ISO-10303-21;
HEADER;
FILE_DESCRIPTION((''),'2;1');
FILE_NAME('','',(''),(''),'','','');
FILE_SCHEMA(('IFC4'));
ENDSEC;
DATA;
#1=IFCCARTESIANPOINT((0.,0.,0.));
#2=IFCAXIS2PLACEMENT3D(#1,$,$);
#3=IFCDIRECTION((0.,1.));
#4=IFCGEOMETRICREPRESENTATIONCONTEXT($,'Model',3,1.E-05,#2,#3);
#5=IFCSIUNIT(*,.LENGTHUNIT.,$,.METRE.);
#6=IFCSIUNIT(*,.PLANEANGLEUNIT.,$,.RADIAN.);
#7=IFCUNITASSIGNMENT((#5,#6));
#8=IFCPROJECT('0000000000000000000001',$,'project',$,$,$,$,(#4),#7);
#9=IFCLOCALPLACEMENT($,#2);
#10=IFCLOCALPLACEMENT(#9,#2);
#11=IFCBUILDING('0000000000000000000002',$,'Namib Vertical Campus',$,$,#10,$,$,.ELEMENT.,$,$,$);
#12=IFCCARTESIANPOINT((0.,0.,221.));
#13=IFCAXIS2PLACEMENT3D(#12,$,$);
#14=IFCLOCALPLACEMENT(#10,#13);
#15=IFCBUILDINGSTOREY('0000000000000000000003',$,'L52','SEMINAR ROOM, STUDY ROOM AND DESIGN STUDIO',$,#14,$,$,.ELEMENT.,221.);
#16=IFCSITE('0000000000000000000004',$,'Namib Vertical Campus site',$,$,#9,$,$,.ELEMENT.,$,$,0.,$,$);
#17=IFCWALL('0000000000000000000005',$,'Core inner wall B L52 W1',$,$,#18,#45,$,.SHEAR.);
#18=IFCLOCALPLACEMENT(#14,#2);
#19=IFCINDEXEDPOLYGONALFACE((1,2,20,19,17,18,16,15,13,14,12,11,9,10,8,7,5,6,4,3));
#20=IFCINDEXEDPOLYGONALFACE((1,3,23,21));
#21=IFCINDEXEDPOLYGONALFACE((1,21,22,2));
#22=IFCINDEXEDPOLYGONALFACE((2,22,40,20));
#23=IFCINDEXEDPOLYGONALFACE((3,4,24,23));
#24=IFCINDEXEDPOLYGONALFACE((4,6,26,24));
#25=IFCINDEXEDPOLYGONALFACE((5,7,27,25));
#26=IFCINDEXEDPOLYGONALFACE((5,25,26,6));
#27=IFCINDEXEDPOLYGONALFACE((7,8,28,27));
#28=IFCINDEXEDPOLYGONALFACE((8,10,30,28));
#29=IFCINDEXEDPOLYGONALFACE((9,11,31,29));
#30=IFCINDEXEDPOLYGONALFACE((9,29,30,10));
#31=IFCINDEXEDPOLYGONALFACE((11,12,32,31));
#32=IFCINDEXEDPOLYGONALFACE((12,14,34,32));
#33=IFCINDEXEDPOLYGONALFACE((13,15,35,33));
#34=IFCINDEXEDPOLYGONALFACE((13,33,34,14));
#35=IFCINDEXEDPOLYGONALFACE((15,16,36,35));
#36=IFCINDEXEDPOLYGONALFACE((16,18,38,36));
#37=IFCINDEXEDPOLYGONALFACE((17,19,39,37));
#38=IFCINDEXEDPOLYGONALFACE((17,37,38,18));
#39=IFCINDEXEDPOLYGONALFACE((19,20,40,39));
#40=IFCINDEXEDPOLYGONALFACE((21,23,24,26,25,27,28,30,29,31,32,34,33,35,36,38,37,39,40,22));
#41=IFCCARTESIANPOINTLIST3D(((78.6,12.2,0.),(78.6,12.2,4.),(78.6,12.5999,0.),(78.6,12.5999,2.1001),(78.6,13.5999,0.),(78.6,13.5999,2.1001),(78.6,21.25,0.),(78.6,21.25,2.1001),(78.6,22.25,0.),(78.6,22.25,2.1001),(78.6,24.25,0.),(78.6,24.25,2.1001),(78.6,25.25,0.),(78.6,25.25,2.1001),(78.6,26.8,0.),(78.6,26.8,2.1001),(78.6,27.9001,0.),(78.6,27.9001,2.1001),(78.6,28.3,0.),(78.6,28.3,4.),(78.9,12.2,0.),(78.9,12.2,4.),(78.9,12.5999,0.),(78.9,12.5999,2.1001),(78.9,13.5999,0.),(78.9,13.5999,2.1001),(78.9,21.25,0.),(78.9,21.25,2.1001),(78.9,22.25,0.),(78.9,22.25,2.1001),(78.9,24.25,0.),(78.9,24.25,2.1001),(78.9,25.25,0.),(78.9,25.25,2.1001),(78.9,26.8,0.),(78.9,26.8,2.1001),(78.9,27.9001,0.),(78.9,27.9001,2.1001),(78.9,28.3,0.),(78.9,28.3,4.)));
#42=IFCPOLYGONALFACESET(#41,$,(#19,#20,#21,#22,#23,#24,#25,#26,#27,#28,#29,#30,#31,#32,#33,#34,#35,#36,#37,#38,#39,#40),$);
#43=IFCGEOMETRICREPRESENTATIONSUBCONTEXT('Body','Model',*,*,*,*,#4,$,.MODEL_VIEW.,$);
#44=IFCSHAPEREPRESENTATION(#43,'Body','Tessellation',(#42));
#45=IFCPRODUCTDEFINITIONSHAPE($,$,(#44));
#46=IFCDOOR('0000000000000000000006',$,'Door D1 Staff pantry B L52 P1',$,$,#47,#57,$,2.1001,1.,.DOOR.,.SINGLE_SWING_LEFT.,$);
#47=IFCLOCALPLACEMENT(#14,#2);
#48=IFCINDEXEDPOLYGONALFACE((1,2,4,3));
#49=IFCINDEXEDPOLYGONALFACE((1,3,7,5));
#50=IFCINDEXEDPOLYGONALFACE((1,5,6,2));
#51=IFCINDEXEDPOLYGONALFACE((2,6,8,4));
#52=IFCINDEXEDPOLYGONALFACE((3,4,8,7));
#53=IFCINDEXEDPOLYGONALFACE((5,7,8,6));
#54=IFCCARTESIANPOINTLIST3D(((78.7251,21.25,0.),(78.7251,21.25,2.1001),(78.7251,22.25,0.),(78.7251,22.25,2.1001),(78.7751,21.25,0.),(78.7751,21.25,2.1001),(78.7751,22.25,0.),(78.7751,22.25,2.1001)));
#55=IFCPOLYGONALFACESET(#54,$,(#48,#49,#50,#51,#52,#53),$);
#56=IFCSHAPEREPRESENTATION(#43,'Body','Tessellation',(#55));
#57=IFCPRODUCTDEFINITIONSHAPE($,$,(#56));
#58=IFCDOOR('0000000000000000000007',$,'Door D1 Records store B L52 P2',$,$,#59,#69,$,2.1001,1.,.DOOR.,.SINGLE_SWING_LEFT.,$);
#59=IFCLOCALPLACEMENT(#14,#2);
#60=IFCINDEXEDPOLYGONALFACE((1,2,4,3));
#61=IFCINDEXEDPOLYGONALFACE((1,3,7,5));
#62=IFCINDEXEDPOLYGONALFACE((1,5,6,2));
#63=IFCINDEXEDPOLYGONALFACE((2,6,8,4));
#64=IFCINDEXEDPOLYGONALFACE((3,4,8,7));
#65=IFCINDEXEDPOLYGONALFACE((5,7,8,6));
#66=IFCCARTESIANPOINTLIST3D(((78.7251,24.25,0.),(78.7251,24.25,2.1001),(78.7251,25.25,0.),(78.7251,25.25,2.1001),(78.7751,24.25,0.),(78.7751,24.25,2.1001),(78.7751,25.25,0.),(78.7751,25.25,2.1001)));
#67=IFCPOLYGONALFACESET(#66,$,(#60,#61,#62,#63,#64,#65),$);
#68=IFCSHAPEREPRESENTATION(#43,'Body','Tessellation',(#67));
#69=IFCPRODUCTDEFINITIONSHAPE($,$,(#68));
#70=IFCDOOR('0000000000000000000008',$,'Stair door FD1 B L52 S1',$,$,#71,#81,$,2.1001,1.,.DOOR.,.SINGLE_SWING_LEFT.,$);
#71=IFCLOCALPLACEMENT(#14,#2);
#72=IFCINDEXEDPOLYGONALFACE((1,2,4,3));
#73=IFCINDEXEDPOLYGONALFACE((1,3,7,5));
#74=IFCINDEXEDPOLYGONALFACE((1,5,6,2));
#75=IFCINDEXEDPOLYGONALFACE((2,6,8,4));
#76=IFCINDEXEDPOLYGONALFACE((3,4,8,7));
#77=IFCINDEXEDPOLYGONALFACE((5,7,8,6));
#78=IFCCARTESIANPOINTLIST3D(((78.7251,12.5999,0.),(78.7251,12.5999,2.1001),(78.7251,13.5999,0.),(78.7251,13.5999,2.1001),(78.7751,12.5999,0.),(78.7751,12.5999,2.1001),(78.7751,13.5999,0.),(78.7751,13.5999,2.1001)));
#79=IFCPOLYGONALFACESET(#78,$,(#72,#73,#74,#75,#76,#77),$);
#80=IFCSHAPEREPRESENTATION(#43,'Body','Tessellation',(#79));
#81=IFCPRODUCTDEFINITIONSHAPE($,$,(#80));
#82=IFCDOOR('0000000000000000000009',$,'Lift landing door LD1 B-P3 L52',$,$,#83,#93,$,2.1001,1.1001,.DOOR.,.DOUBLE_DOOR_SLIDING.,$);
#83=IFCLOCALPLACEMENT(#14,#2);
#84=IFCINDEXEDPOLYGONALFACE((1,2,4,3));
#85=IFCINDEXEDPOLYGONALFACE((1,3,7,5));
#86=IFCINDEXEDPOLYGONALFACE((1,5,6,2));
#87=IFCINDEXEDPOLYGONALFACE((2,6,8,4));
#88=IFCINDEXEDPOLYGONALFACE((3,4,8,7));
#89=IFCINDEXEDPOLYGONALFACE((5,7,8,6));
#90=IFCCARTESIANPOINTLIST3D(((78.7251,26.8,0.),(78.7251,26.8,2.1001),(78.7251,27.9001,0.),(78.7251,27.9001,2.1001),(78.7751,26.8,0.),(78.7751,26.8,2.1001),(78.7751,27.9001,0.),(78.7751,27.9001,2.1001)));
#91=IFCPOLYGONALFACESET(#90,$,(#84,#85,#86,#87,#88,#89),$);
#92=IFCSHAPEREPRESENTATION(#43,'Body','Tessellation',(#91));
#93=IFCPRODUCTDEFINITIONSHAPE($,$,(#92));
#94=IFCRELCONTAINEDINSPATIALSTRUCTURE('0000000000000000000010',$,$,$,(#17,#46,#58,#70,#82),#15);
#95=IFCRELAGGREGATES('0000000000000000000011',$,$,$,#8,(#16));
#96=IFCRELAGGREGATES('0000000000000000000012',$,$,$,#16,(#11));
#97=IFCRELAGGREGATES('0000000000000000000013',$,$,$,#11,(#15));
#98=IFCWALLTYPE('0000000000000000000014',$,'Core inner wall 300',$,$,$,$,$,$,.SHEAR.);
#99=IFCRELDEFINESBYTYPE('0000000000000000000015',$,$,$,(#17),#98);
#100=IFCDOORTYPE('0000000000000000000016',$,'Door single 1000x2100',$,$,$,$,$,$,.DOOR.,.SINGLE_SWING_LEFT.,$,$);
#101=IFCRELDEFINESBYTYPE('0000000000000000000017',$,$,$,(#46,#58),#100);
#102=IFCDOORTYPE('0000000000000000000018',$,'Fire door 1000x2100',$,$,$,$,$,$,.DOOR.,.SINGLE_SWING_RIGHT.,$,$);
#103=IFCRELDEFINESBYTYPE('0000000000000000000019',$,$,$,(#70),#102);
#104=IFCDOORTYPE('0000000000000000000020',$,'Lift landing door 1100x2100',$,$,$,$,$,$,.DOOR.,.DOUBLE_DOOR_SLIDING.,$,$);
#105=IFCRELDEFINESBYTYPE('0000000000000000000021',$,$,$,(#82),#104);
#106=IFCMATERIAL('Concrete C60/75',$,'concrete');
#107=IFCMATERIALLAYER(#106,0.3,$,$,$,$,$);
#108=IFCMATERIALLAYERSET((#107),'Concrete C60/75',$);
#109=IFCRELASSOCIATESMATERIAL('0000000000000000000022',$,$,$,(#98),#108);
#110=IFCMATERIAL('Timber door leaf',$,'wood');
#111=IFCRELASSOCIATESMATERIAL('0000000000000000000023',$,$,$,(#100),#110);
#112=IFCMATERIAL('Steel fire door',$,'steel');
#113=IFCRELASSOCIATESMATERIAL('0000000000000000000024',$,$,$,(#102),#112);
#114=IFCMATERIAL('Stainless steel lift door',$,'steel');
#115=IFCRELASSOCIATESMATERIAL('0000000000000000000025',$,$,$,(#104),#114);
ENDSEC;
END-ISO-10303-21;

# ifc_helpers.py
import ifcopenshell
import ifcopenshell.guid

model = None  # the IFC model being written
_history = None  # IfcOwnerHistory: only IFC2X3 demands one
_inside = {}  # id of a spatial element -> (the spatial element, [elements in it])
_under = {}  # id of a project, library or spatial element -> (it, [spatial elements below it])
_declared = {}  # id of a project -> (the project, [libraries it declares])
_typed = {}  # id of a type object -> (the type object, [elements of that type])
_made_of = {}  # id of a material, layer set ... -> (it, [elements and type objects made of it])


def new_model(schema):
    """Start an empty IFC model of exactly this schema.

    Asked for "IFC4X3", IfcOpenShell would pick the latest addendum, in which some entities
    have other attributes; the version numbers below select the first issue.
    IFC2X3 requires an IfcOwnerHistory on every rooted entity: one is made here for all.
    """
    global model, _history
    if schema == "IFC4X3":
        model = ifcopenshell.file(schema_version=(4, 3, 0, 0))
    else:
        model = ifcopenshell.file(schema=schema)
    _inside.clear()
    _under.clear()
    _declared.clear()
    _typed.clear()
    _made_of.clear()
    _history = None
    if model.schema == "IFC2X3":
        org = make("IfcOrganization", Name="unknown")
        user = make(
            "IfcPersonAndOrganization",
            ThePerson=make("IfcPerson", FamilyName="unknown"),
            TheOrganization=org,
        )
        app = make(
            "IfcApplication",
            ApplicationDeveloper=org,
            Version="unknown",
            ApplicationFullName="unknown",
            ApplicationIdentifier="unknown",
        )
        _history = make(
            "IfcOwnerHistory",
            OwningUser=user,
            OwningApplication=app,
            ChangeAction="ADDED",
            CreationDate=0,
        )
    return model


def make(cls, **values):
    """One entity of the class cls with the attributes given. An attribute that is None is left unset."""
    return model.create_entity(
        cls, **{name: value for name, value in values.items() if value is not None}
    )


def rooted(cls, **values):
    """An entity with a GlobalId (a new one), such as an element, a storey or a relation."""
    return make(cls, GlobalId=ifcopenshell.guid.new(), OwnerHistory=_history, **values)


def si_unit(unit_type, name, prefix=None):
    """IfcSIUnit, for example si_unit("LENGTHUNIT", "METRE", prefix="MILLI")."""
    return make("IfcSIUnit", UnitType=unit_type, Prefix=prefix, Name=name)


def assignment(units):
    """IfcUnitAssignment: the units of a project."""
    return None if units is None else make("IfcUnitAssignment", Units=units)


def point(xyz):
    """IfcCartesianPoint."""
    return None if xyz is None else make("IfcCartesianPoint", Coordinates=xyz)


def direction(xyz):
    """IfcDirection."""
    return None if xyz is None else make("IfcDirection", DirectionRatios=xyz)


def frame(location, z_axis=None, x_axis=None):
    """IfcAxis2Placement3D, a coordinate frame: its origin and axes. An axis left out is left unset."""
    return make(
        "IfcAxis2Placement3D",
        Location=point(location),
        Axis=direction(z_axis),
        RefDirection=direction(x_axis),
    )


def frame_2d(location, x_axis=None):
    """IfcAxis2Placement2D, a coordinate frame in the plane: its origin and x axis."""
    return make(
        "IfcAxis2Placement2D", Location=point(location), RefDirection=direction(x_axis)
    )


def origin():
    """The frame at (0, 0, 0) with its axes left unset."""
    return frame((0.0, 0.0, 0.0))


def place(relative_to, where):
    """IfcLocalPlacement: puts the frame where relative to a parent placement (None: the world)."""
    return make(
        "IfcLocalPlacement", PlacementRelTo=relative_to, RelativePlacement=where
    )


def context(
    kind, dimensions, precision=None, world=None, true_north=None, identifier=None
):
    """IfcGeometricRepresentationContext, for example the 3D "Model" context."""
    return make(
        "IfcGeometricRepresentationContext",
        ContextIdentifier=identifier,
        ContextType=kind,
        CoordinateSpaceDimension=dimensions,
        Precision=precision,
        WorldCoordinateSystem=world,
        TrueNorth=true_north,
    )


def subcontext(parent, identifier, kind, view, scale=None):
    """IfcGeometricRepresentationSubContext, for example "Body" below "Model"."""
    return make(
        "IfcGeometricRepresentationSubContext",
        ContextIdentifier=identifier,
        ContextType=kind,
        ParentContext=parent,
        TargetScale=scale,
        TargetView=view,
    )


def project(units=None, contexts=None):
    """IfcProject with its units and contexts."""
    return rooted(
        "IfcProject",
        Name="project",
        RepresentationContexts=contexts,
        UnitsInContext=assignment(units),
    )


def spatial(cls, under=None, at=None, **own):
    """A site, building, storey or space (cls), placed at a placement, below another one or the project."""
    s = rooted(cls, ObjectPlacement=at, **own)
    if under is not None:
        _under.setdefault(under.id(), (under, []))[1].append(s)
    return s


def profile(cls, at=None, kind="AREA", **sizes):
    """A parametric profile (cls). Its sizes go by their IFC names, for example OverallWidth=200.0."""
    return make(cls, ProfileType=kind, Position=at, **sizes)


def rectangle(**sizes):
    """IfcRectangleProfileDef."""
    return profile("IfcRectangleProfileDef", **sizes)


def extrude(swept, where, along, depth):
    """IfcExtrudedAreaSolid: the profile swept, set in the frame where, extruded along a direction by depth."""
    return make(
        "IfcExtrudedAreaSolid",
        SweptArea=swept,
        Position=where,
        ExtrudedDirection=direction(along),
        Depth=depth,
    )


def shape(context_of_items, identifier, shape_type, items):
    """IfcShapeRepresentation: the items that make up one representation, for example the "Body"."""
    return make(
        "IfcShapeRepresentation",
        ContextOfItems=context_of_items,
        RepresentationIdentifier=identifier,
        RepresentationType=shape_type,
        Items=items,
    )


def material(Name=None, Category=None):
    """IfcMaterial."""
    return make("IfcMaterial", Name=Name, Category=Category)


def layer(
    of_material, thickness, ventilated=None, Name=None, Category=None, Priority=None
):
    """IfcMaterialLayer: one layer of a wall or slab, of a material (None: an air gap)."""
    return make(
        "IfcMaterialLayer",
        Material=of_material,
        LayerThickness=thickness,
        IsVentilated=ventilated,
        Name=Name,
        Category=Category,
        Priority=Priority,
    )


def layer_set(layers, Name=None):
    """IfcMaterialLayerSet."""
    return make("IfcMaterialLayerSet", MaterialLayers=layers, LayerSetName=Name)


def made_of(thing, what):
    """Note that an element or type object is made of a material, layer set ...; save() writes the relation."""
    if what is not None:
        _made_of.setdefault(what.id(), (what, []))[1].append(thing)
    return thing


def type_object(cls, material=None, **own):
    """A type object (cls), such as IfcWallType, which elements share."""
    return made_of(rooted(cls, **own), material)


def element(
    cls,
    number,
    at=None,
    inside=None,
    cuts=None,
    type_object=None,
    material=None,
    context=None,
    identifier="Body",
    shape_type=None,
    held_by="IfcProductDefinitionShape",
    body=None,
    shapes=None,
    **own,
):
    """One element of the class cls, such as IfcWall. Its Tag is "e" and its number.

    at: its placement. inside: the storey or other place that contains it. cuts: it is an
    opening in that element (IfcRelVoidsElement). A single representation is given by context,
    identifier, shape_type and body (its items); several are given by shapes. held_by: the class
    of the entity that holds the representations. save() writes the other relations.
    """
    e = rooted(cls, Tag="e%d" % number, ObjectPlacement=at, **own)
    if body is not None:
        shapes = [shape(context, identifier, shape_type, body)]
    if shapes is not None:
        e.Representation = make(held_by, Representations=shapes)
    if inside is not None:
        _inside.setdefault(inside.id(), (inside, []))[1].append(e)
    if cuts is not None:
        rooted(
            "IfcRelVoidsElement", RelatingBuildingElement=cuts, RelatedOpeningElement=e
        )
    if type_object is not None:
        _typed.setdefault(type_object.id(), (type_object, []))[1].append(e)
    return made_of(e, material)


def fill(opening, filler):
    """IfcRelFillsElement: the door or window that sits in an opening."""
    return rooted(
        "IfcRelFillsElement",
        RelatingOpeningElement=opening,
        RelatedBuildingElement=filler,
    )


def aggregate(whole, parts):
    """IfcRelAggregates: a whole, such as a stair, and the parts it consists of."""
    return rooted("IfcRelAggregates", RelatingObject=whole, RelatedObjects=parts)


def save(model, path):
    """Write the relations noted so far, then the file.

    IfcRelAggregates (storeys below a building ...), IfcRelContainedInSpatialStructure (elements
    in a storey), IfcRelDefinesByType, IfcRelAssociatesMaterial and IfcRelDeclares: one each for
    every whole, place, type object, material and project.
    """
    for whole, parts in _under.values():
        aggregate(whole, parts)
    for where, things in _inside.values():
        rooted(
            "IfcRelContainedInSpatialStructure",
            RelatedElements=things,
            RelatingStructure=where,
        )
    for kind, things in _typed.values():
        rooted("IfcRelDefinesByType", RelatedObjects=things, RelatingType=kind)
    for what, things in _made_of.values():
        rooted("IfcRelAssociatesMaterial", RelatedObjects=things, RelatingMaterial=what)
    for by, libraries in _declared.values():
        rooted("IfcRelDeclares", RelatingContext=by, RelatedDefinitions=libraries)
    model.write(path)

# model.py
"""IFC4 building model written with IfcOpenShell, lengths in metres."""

from ifc_helpers import new_model, si_unit, direction, frame, frame_2d, origin, place, context, subcontext, project, spatial, rectangle, extrude, material, layer, layer_set, type_object, element, fill, save


model = new_model("IFC4")

# Units and contexts
model_context = context("Model", 3, precision=1e-05, world=origin(), true_north=direction((0.0, 1.0)))
body_context = subcontext(model_context, "Body", "Model", "MODEL_VIEW")
ifc_project = project(units=[si_unit("LENGTHUNIT", "METRE"), si_unit("PLANEANGLEUNIT", "RADIAN")], contexts=[model_context])

# Site, building, storey
site_placement = place(None, origin())
site = spatial("IfcSite", under=ifc_project, at=site_placement, Name="Namib Vertical Campus site", CompositionType="ELEMENT", RefElevation=0.0)
building_placement = place(site_placement, origin())
building = spatial("IfcBuilding", under=site, at=building_placement, Name="Namib Vertical Campus", CompositionType="ELEMENT")
storey_placement = place(building_placement, frame((0.0, 0.0, 221.0)))
storey = spatial("IfcBuildingStorey", under=building, at=storey_placement, Name="L52", Description="SEMINAR ROOM, STUDY ROOM AND DESIGN STUDIO", CompositionType="ELEMENT", Elevation=221.0)

# Wall, openings, doors
ifc_material_1 = material(Name="Concrete C60/75", Category="concrete")
ifc_layer_1 = layer(ifc_material_1, 0.3)
ifc_layer_set_1 = layer_set([ifc_layer_1], Name="Concrete C60/75")
wall_type_1 = type_object("IfcWallType", Name="Core inner wall 300", PredefinedType="SHEAR", material=ifc_layer_set_1)
wall_1_placement = place(storey_placement, frame((78.75, 12.2, 0.0), z_axis=(0.0, 0.0, 1.0), x_axis=(0.0, 1.0, 0.0)))
wall_1 = element("IfcWall", 1, at=wall_1_placement, inside=storey, type_object=wall_type_1, Name="Core inner wall B L52 W1", PredefinedType="SHEAR", context=body_context, shape_type="SweptSolid", body=[
    extrude(rectangle(XDim=16.1001, YDim=0.3, at=frame_2d((8.05, 0.0))), origin(), (0.0, 0.0, 1.0), 4.0),
])
opening_1_placement = place(wall_1_placement, frame((0.3999, 0.0, 0.0)))
opening_1 = element("IfcOpeningElement", 2, at=opening_1_placement, cuts=wall_1, PredefinedType="OPENING", context=body_context, shape_type="SweptSolid", body=[
    extrude(rectangle(XDim=1.0, YDim=2.1001, at=frame_2d((0.5, 1.05))), frame((0.0, 0.1599, 0.0), z_axis=(0.0, -1.0, 0.0), x_axis=(1.0, 0.0, 0.0)), (0.0, 0.0, 1.0), 0.3201),
])
opening_2_placement = place(wall_1_placement, frame((14.6001, 0.0, 0.0)))
opening_2 = element("IfcOpeningElement", 3, at=opening_2_placement, cuts=wall_1, PredefinedType="OPENING", context=body_context, shape_type="SweptSolid", body=[
    extrude(rectangle(XDim=1.1001, YDim=2.1001, at=frame_2d((0.55, 1.05))), frame((0.0, 0.1599, 0.0), z_axis=(0.0, -1.0, 0.0), x_axis=(1.0, 0.0, 0.0)), (0.0, 0.0, 1.0), 0.3201),
])
opening_3_placement = place(wall_1_placement, frame((9.05, 0.0, 0.0)))
opening_3 = element("IfcOpeningElement", 4, at=opening_3_placement, cuts=wall_1, PredefinedType="OPENING", context=body_context, shape_type="SweptSolid", body=[
    extrude(rectangle(XDim=1.0, YDim=2.1001, at=frame_2d((0.5, 1.05))), frame((0.0, 0.1599, 0.0), z_axis=(0.0, -1.0, 0.0), x_axis=(1.0, 0.0, 0.0)), (0.0, 0.0, 1.0), 0.3201),
])
opening_4_placement = place(wall_1_placement, frame((12.05, 0.0, 0.0)))
opening_4 = element("IfcOpeningElement", 5, at=opening_4_placement, cuts=wall_1, PredefinedType="OPENING", context=body_context, shape_type="SweptSolid", body=[
    extrude(rectangle(XDim=1.0, YDim=2.1001, at=frame_2d((0.5, 1.05))), frame((0.0, 0.1599, 0.0), z_axis=(0.0, -1.0, 0.0), x_axis=(1.0, 0.0, 0.0)), (0.0, 0.0, 1.0), 0.3201),
])
ifc_material_2 = material(Name="Timber door leaf", Category="wood")
door_type_1 = type_object("IfcDoorType", Name="Door single 1000x2100", OperationType="SINGLE_SWING_LEFT", PredefinedType="DOOR", material=ifc_material_2)
door_1_placement = place(opening_3_placement, origin())
door_1 = element("IfcDoor", 6, at=door_1_placement, inside=storey, type_object=door_type_1, Name="Door D1 Staff pantry B L52 P1", OperationType="SINGLE_SWING_LEFT", OverallHeight=2.1001, OverallWidth=1.0, PredefinedType="DOOR", context=body_context, shape_type="SweptSolid", body=[
    extrude(rectangle(XDim=1.0, YDim=2.1001, at=frame_2d((0.5, 1.05))), frame((0.0, 0.0249, 0.0), z_axis=(0.0, -1.0, 0.0), x_axis=(1.0, 0.0, 0.0)), (0.0, 0.0, 1.0), 0.05),
])
fill(opening_3, door_1)
door_2_placement = place(opening_4_placement, origin())
door_2 = element("IfcDoor", 7, at=door_2_placement, inside=storey, type_object=door_type_1, Name="Door D1 Records store B L52 P2", OperationType="SINGLE_SWING_LEFT", OverallHeight=2.1001, OverallWidth=1.0, PredefinedType="DOOR", context=body_context, shape_type="SweptSolid", body=[
    extrude(rectangle(XDim=1.0, YDim=2.1001, at=frame_2d((0.5, 1.05))), frame((0.0, 0.0249, 0.0), z_axis=(0.0, -1.0, 0.0), x_axis=(1.0, 0.0, 0.0)), (0.0, 0.0, 1.0), 0.05),
])
fill(opening_4, door_2)
ifc_material_3 = material(Name="Steel fire door", Category="steel")
door_type_2 = type_object("IfcDoorType", Name="Fire door 1000x2100", OperationType="SINGLE_SWING_RIGHT", PredefinedType="DOOR", material=ifc_material_3)
door_3_placement = place(opening_1_placement, origin())
door_3 = element("IfcDoor", 8, at=door_3_placement, inside=storey, type_object=door_type_2, Name="Stair door FD1 B L52 S1", OperationType="SINGLE_SWING_LEFT", OverallHeight=2.1001, OverallWidth=1.0, PredefinedType="DOOR", context=body_context, shape_type="SweptSolid", body=[
    extrude(rectangle(XDim=1.0, YDim=2.1001, at=frame_2d((0.5, 1.05))), frame((0.0, 0.0249, 0.0), z_axis=(0.0, -1.0, 0.0), x_axis=(1.0, 0.0, 0.0)), (0.0, 0.0, 1.0), 0.05),
])
fill(opening_1, door_3)
ifc_material_4 = material(Name="Stainless steel lift door", Category="steel")
door_type_3 = type_object("IfcDoorType", Name="Lift landing door 1100x2100", OperationType="DOUBLE_DOOR_SLIDING", PredefinedType="DOOR", material=ifc_material_4)
door_4_placement = place(opening_2_placement, origin())
door_4 = element("IfcDoor", 9, at=door_4_placement, inside=storey, type_object=door_type_3, Name="Lift landing door LD1 B-P3 L52", OperationType="DOUBLE_DOOR_SLIDING", OverallHeight=2.1001, OverallWidth=1.1001, PredefinedType="DOOR", context=body_context, shape_type="SweptSolid", body=[
    extrude(rectangle(XDim=1.1001, YDim=2.1001, at=frame_2d((0.55, 1.05))), frame((0.0, 0.0249, 0.0), z_axis=(0.0, -1.0, 0.0), x_axis=(1.0, 0.0, 0.0)), (0.0, 0.0, 1.0), 0.05),
])
fill(opening_2, door_4)

save(model, "model.ifc")
